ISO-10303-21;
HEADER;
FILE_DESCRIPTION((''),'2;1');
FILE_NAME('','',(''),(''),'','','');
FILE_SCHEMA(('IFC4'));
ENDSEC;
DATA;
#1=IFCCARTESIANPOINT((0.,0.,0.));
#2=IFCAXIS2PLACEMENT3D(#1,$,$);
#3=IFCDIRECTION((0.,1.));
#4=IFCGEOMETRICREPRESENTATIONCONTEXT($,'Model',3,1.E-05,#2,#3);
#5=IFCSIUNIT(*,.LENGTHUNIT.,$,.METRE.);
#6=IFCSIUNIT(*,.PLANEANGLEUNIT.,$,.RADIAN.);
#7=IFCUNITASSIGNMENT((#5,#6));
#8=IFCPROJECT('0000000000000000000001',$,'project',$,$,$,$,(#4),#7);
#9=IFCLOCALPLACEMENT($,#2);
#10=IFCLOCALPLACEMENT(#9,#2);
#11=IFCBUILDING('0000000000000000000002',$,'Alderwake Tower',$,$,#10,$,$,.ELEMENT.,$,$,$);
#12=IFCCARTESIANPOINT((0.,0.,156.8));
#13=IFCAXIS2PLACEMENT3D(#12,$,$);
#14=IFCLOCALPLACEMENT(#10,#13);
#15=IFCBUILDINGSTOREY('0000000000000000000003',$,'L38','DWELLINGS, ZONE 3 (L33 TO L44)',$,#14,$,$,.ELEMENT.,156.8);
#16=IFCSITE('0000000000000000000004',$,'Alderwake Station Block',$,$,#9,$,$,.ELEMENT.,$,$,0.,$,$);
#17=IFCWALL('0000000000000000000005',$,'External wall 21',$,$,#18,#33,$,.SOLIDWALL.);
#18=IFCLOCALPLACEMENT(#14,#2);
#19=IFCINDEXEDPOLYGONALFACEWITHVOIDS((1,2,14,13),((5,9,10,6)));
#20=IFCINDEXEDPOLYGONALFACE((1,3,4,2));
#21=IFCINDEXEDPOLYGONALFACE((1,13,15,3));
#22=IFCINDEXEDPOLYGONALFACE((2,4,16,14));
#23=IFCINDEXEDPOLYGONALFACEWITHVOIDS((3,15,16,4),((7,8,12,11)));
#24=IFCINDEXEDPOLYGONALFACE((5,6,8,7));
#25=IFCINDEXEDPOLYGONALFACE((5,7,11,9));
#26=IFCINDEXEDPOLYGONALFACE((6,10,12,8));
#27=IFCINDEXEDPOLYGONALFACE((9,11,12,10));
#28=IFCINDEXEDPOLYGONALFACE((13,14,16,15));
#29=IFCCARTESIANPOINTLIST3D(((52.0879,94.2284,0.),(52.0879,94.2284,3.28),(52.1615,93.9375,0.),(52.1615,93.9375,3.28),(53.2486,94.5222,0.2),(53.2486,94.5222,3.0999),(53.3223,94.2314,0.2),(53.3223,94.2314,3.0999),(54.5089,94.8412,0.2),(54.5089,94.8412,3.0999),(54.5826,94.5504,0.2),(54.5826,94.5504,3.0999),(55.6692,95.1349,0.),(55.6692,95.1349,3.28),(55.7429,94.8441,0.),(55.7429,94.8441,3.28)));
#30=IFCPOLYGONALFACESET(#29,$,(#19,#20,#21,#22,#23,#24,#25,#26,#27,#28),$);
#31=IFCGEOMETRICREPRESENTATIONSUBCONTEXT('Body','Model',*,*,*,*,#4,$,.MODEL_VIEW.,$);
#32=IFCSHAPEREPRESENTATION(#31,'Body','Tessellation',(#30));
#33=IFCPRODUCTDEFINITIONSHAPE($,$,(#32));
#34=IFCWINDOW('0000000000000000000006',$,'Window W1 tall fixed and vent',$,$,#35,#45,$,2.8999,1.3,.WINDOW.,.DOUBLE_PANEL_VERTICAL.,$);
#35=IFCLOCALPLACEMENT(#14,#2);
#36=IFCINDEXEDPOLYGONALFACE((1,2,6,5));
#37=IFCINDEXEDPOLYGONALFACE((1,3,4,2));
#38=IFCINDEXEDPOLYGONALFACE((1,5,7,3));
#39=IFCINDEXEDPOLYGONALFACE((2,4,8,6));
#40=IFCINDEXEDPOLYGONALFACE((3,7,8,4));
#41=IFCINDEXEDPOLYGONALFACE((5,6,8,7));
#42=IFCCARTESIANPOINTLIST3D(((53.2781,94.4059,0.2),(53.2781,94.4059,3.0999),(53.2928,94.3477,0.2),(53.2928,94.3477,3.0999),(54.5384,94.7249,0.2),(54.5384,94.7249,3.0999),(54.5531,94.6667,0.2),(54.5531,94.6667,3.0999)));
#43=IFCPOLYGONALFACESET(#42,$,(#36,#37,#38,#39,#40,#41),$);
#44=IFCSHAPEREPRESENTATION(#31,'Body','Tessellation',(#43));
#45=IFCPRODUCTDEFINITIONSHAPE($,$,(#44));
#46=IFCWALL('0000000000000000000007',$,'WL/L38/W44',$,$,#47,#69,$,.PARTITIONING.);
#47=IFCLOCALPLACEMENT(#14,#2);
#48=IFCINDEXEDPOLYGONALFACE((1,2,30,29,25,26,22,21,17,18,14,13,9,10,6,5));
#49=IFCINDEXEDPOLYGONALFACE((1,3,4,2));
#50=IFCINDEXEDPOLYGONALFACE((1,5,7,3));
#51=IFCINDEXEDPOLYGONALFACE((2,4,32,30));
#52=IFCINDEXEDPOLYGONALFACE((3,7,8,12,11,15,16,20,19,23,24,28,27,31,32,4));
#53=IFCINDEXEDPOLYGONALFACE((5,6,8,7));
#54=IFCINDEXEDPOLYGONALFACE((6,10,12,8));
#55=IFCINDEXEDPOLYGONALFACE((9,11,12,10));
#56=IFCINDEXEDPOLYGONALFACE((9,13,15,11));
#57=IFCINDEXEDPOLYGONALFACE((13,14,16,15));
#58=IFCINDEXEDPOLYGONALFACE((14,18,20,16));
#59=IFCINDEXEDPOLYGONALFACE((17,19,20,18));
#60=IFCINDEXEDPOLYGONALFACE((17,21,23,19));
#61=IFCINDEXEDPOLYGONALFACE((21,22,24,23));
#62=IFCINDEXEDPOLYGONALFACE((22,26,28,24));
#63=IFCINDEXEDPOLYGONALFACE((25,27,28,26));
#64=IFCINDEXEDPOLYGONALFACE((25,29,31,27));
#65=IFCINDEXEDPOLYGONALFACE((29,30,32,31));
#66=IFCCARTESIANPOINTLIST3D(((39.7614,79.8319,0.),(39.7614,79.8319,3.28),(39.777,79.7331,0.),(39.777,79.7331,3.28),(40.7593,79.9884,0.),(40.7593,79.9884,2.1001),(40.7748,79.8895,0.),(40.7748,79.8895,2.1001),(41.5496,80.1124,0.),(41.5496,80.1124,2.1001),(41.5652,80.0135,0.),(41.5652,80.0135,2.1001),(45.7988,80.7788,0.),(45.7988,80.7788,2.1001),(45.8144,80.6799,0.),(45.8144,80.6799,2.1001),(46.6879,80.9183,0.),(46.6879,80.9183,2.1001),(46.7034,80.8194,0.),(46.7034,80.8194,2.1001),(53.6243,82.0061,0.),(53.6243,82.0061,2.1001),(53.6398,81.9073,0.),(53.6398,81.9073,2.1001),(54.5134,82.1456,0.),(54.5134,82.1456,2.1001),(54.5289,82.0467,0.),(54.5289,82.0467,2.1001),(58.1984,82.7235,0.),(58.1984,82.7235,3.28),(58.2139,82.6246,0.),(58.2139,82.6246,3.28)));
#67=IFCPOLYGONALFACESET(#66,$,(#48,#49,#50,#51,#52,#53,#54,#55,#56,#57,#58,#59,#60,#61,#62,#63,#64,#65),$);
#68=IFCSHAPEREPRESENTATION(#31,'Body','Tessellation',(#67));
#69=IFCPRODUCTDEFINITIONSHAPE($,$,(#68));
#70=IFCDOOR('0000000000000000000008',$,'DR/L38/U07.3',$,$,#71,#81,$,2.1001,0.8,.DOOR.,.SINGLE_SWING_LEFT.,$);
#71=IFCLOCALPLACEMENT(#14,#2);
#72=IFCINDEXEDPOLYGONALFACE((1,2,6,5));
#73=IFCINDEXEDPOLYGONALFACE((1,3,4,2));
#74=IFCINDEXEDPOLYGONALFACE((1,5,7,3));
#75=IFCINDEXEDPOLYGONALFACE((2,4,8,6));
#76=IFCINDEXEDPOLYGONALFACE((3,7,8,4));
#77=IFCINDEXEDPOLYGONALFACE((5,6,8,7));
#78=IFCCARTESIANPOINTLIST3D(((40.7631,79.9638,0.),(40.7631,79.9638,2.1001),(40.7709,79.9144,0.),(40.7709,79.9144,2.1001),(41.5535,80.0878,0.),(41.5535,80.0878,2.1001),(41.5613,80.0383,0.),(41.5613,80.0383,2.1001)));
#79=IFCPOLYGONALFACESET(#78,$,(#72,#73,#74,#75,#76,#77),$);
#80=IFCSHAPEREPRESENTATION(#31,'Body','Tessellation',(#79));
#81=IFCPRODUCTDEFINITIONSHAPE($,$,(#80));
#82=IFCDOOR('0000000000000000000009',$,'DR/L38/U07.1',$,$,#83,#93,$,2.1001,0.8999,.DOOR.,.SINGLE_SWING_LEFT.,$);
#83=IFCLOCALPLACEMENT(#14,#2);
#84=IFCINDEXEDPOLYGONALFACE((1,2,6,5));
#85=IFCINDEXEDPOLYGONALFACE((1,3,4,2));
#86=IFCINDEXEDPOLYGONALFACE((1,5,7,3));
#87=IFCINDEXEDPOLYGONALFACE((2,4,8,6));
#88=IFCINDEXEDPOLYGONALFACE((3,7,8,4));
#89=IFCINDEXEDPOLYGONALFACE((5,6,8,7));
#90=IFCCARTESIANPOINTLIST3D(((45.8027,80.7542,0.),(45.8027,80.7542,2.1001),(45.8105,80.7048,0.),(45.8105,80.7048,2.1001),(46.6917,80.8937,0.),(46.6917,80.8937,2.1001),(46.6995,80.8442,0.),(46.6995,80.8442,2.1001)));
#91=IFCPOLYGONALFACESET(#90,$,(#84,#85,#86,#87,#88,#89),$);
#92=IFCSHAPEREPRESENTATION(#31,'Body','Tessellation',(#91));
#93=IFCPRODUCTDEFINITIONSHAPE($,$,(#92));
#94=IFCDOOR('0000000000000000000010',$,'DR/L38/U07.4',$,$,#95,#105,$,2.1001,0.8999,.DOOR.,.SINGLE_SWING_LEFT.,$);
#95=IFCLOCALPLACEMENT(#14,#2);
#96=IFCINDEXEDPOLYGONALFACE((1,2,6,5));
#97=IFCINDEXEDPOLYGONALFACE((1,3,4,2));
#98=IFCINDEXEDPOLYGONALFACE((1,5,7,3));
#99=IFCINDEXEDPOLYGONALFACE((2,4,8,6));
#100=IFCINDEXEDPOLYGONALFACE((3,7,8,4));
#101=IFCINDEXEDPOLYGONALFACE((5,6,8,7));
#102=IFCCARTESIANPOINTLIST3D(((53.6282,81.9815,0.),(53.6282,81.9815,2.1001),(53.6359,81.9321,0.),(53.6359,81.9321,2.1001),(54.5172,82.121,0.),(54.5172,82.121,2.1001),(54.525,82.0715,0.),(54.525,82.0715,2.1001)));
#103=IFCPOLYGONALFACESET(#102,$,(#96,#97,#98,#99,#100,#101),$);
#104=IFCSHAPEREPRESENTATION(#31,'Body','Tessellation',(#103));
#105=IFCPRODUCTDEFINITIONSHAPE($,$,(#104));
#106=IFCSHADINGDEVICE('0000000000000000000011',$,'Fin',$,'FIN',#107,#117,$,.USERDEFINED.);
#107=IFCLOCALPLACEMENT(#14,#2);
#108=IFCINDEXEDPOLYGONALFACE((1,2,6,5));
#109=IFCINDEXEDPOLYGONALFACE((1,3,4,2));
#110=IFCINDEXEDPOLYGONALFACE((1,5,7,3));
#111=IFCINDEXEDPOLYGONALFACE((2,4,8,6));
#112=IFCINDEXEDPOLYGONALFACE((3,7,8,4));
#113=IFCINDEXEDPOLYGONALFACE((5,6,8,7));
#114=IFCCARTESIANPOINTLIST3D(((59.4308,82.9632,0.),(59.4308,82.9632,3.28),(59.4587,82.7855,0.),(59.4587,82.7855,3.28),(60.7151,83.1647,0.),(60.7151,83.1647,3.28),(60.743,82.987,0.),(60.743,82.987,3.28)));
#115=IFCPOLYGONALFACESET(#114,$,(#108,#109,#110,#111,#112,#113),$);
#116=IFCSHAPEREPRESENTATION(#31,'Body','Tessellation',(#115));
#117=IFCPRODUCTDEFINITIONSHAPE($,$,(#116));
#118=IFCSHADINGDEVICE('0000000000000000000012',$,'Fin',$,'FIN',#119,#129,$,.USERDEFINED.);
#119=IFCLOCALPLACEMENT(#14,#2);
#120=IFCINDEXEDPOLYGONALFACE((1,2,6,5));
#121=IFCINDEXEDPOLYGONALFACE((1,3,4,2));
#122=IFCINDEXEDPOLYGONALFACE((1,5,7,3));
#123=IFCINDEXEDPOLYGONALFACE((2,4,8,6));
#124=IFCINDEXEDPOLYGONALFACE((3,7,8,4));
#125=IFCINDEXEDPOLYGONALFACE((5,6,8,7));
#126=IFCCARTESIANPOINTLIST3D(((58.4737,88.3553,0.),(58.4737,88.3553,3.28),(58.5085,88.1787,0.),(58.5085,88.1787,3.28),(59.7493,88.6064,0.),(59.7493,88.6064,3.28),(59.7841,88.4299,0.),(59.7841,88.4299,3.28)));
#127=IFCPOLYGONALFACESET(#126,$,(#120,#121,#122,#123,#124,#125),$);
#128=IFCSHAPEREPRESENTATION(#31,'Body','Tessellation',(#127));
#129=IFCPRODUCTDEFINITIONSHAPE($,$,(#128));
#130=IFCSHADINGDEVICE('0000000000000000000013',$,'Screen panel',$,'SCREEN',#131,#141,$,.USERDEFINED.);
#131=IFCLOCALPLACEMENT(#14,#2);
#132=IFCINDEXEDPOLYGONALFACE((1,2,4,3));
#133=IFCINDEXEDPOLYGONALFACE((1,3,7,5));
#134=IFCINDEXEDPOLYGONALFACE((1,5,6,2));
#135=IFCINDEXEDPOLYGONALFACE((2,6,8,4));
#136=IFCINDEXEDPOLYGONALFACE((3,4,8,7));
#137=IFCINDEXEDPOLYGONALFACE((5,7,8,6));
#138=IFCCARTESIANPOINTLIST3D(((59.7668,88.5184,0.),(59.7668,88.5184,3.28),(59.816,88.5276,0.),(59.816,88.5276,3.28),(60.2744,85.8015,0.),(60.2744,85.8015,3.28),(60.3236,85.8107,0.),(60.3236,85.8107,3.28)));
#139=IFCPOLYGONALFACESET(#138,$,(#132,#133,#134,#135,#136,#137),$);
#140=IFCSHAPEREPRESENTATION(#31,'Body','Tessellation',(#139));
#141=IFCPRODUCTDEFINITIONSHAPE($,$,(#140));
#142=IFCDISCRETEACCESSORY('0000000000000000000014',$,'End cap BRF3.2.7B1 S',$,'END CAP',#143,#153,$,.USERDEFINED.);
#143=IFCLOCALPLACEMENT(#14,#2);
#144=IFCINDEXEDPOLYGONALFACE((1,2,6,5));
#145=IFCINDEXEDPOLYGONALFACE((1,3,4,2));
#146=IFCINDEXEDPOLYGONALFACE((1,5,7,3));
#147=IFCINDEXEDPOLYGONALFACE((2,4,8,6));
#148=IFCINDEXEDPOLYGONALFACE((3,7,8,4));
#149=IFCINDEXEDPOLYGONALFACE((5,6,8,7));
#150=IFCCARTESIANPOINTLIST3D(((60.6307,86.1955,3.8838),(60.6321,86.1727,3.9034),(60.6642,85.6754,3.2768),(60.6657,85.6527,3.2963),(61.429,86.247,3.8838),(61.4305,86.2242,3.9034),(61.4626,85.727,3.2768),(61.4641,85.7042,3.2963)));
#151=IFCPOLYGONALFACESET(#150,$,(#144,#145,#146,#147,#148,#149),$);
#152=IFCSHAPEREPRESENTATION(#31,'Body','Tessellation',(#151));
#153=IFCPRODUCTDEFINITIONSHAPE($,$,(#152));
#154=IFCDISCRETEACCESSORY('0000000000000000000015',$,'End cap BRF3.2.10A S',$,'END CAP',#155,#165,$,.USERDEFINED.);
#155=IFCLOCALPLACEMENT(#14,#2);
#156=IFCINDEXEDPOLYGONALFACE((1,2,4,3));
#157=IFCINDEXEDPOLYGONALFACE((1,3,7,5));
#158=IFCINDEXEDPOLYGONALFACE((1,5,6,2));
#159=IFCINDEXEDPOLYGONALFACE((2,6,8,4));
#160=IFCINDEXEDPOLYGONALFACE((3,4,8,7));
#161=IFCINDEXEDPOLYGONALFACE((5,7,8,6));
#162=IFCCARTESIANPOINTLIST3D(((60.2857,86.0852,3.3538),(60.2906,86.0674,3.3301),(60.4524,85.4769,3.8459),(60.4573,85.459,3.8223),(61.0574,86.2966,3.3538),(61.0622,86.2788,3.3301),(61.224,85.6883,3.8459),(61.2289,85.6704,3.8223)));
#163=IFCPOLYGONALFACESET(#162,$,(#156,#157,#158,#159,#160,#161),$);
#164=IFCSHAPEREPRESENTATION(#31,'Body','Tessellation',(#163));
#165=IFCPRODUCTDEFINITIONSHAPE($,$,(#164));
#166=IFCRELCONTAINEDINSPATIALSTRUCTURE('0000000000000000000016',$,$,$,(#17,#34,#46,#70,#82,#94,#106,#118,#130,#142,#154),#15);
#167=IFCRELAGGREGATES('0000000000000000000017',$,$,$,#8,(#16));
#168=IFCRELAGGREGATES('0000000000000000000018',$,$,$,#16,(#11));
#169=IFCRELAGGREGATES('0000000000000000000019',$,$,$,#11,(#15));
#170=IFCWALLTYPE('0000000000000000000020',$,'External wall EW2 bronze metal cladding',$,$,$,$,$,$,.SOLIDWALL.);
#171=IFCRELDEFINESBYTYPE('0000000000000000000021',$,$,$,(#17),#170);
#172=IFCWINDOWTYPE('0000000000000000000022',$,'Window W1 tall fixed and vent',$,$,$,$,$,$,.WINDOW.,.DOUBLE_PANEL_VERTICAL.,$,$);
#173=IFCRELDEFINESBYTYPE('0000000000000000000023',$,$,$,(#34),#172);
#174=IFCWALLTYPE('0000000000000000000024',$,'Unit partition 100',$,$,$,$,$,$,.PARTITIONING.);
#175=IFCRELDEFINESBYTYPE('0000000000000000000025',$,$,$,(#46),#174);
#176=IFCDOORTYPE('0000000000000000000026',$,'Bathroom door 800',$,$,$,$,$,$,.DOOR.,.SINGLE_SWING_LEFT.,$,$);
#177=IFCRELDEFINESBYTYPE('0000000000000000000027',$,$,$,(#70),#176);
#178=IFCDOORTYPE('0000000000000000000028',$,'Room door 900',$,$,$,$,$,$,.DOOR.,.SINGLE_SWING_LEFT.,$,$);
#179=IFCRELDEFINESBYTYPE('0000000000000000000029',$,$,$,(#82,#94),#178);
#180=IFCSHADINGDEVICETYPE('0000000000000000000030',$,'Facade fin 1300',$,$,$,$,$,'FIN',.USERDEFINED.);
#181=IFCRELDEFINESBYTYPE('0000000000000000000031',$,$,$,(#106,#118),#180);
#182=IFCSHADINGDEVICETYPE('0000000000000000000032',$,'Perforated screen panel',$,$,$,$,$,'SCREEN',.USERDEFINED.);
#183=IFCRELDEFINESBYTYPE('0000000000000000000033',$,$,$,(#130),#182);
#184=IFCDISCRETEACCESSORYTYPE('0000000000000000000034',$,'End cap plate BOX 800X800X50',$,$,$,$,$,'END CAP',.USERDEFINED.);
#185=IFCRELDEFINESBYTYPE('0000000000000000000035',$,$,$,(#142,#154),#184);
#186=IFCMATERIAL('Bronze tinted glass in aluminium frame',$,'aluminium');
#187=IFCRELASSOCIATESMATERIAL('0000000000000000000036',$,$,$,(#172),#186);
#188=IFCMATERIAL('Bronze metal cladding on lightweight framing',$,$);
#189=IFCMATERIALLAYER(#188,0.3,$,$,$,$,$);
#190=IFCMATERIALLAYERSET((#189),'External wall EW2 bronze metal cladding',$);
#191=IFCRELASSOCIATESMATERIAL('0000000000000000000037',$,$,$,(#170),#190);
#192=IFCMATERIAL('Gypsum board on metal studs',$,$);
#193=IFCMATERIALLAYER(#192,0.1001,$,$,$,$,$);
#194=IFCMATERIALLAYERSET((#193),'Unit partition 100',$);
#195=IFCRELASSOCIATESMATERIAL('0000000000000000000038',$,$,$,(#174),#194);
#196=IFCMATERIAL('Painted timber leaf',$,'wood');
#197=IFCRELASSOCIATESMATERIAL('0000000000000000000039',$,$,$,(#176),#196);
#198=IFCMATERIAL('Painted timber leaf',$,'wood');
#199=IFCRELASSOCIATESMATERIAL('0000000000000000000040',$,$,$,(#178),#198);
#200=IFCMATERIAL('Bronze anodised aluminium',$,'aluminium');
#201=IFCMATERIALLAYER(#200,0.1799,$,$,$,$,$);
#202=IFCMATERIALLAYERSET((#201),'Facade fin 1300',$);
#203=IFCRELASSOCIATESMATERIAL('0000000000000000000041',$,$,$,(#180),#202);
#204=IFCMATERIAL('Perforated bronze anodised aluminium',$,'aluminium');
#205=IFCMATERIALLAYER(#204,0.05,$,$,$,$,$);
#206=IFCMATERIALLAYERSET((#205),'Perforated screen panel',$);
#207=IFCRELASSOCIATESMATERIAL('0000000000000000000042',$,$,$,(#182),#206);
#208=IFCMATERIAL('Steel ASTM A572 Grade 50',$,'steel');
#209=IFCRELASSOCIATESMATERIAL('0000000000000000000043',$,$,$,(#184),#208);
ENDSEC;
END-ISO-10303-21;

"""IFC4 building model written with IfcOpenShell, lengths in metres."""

from ifc_helpers import new_model, si_unit, direction, frame, frame_2d, origin, origin_2d, place, context, subcontext, project, spatial, rectangle, extrude, material, layer, layer_set, material_profile, profile_set, type_object, element, fill, save


model = new_model("IFC4")

# Units and contexts
model_context = context("Model", 3, precision=1e-05, world=origin(), true_north=direction((0.0, 1.0)))
body_context = subcontext(model_context, "Body", "Model", "MODEL_VIEW")
ifc_project = project(units=[si_unit("LENGTHUNIT", "METRE"), si_unit("PLANEANGLEUNIT", "RADIAN")], contexts=[model_context])

# Site, building, storey
site_placement = place(None, origin())
site = spatial("IfcSite", under=ifc_project, at=site_placement, Name="Alderwake Station Block", CompositionType="ELEMENT", RefElevation=0.0)
building_placement = place(site_placement, origin())
building = spatial("IfcBuilding", under=site, at=building_placement, Name="Alderwake Tower", CompositionType="ELEMENT")
storey_placement = place(building_placement, frame((0.0, 0.0, 156.8)))
storey = spatial("IfcBuildingStorey", under=building, at=storey_placement, Name="L38", Description="DWELLINGS, ZONE 3 (L33 TO L44)", CompositionType="ELEMENT", Elevation=156.8)

# Shared definitions
ifc_material_1 = material(Name="Bronze tinted glass in aluminium frame", Category="aluminium")
window_type = type_object("IfcWindowType", Name="Window W1 tall fixed and vent", PartitioningType="DOUBLE_PANEL_VERTICAL", PredefinedType="WINDOW", material=ifc_material_1)

# Wall, opening, window
ifc_material_2 = material(Name="Bronze metal cladding on lightweight framing")
ifc_layer_1 = layer(ifc_material_2, 0.3)
ifc_layer_set_1 = layer_set([ifc_layer_1], Name="External wall EW2 bronze metal cladding")
wall_type_1 = type_object("IfcWallType", Name="External wall EW2 bronze metal cladding", PredefinedType="SOLIDWALL", material=ifc_layer_set_1)
wall_1_placement = place(storey_placement, frame((55.7061, 94.9895, 0.0), z_axis=(0.0, 0.0, 1.0), x_axis=(-0.969427, -0.24538, 0.0)))
wall_1 = element("IfcWall", 1, at=wall_1_placement, inside=storey, type_object=wall_type_1, Name="External wall 21", PredefinedType="SOLIDWALL", context=body_context, shape_type="SweptSolid", body=[
    extrude(rectangle(XDim=3.6943, YDim=0.3, at=frame_2d((1.8472, 0.0))), origin(), (0.0, 0.0, 1.0), 3.28),
])
opening_1_placement = place(wall_1_placement, frame((1.197, 0.0, 0.2)))
opening_1 = element("IfcOpeningElement", 2, at=opening_1_placement, cuts=wall_1, PredefinedType="OPENING", context=body_context, shape_type="SweptSolid", body=[
    extrude(rectangle(XDim=1.3, YDim=2.8999, at=frame_2d((0.6499, 1.45))), frame((0.0, 0.1599, 0.0), z_axis=(0.0, -1.0, 0.0), x_axis=(1.0, 0.0, 0.0)), (0.0, 0.0, 1.0), 0.3201),
])
window_1_placement = place(opening_1_placement, origin())
window_1 = element("IfcWindow", 3, at=window_1_placement, inside=storey, type_object=window_type, Name="Window W1 tall fixed and vent", OverallHeight=2.8999, OverallWidth=1.3, PartitioningType="DOUBLE_PANEL_VERTICAL", PredefinedType="WINDOW", context=body_context, shape_type="SweptSolid", body=[
    extrude(rectangle(XDim=1.3, YDim=2.8999, at=frame_2d((0.6499, 1.45))), frame((0.0, 0.03, 0.0), z_axis=(0.0, -1.0, 0.0), x_axis=(1.0, 0.0, 0.0)), (0.0, 0.0, 1.0), 0.0601),
])
fill(opening_1, window_1)

# Wall, openings, doors
ifc_material_3 = material(Name="Gypsum board on metal studs")
ifc_layer_2 = layer(ifc_material_3, 0.1001)
ifc_layer_set_2 = layer_set([ifc_layer_2], Name="Unit partition 100")
wall_type_2 = type_object("IfcWallType", Name="Unit partition 100", PredefinedType="PARTITIONING", material=ifc_layer_set_2)
wall_2_placement = place(storey_placement, frame((58.2061, 82.6741, 0.0), z_axis=(0.0, 0.0, 1.0), x_axis=(-0.987923, -0.154943, 0.0)))
wall_2 = element("IfcWall", 4, at=wall_2_placement, inside=storey, type_object=wall_type_2, Name="WL/L38/W44", PredefinedType="PARTITIONING", context=body_context, shape_type="SweptSolid", body=[
    extrude(rectangle(XDim=18.6624, YDim=0.1001, at=frame_2d((9.3311, 0.0))), origin(), (0.0, 0.0, 1.0), 3.28),
])
opening_2_placement = place(wall_2_placement, frame((11.6511, 0.0, 0.0)))
opening_2 = element("IfcOpeningElement", 5, at=opening_2_placement, cuts=wall_2, PredefinedType="OPENING", context=body_context, shape_type="SweptSolid", body=[
    extrude(rectangle(XDim=0.8999, YDim=2.1001, at=frame_2d((0.45, 1.05))), frame((0.0, 0.0601, 0.0), z_axis=(0.0, -1.0, 0.0), x_axis=(1.0, 0.0, 0.0)), (0.0, 0.0, 1.0), 0.1201),
])
opening_3_placement = place(wall_2_placement, frame((16.8523, 0.0, 0.0)))
opening_3 = element("IfcOpeningElement", 6, at=opening_3_placement, cuts=wall_2, PredefinedType="OPENING", context=body_context, shape_type="SweptSolid", body=[
    extrude(rectangle(XDim=0.8, YDim=2.1001, at=frame_2d((0.3999, 1.05))), frame((0.0, 0.0601, 0.0), z_axis=(0.0, -1.0, 0.0), x_axis=(1.0, 0.0, 0.0)), (0.0, 0.0, 1.0), 0.1201),
])
opening_4_placement = place(wall_2_placement, frame((3.73, 0.0, 0.0)))
opening_4 = element("IfcOpeningElement", 7, at=opening_4_placement, cuts=wall_2, PredefinedType="OPENING", context=body_context, shape_type="SweptSolid", body=[
    extrude(rectangle(XDim=0.8999, YDim=2.1001, at=frame_2d((0.45, 1.05))), frame((0.0, 0.0601, 0.0), z_axis=(0.0, -1.0, 0.0), x_axis=(1.0, 0.0, 0.0)), (0.0, 0.0, 1.0), 0.1201),
])
ifc_material_4 = material(Name="Painted timber leaf", Category="wood")
door_type_1 = type_object("IfcDoorType", Name="Bathroom door 800", OperationType="SINGLE_SWING_LEFT", PredefinedType="DOOR", material=ifc_material_4)
door_1_placement = place(opening_3_placement, origin())
door_1 = element("IfcDoor", 8, at=door_1_placement, inside=storey, type_object=door_type_1, Name="DR/L38/U07.3", OperationType="SINGLE_SWING_LEFT", OverallHeight=2.1001, OverallWidth=0.8, PredefinedType="DOOR", context=body_context, shape_type="SweptSolid", body=[
    extrude(rectangle(XDim=0.8, YDim=2.1001, at=frame_2d((0.3999, 1.05))), frame((0.0, 0.0249, 0.0), z_axis=(0.0, -1.0, 0.0), x_axis=(1.0, 0.0, 0.0)), (0.0, 0.0, 1.0), 0.05),
])
fill(opening_3, door_1)
ifc_material_5 = material(Name="Painted timber leaf", Category="wood")
door_type_2 = type_object("IfcDoorType", Name="Room door 900", OperationType="SINGLE_SWING_LEFT", PredefinedType="DOOR", material=ifc_material_5)
door_2_placement = place(opening_2_placement, origin())
door_2 = element("IfcDoor", 9, at=door_2_placement, inside=storey, type_object=door_type_2, Name="DR/L38/U07.1", OperationType="SINGLE_SWING_LEFT", OverallHeight=2.1001, OverallWidth=0.8999, PredefinedType="DOOR", context=body_context, shape_type="SweptSolid", body=[
    extrude(rectangle(XDim=0.8999, YDim=2.1001, at=frame_2d((0.45, 1.05))), frame((0.0, 0.0249, 0.0), z_axis=(0.0, -1.0, 0.0), x_axis=(1.0, 0.0, 0.0)), (0.0, 0.0, 1.0), 0.05),
])
fill(opening_2, door_2)
door_3_placement = place(opening_4_placement, origin())
door_3 = element("IfcDoor", 10, at=door_3_placement, inside=storey, type_object=door_type_2, Name="DR/L38/U07.4", OperationType="SINGLE_SWING_LEFT", OverallHeight=2.1001, OverallWidth=0.8999, PredefinedType="DOOR", context=body_context, shape_type="SweptSolid", body=[
    extrude(rectangle(XDim=0.8999, YDim=2.1001, at=frame_2d((0.45, 1.05))), frame((0.0, 0.0249, 0.0), z_axis=(0.0, -1.0, 0.0), x_axis=(1.0, 0.0, 0.0)), (0.0, 0.0, 1.0), 0.05),
])
fill(opening_4, door_3)

# Shading devices
ifc_material_6 = material(Name="Bronze anodised aluminium", Category="aluminium")
ifc_layer_3 = layer(ifc_material_6, 0.1799)
ifc_layer_set_3 = layer_set([ifc_layer_3], Name="Facade fin 1300")
shading_device_type_1 = type_object("IfcShadingDeviceType", Name="Facade fin 1300", ElementType="FIN", PredefinedType="USERDEFINED", material=ifc_layer_set_3)
for number, where, z_axis, x_axis, name in (
    (11, (60.0869, 82.9751, 0.0), (0.0, 0.0, 1.0), (0.987919, 0.154972, 0.0), "Fin"),
    (12, (59.1289, 88.3926, 0.0), (0.0, 0.0, 1.0), (0.981164, 0.193178, 0.0), "Fin"),
):
    element("IfcShadingDevice", number, at=place(storey_placement, frame(where, z_axis=z_axis, x_axis=x_axis)), inside=storey, type_object=shading_device_type_1, Name=name, ObjectType="FIN", PredefinedType="USERDEFINED", context=body_context, shape_type="SweptSolid", body=[
        extrude(rectangle(XDim=1.3, YDim=0.1799, at=origin_2d()), origin(), (0.0, 0.0, 1.0), 3.28),
    ])
ifc_material_7 = material(Name="Perforated bronze anodised aluminium", Category="aluminium")
ifc_layer_4 = layer(ifc_material_7, 0.05)
ifc_layer_set_4 = layer_set([ifc_layer_4], Name="Perforated screen panel")
shading_device_type_2 = type_object("IfcShadingDeviceType", Name="Perforated screen panel", ElementType="SCREEN", PredefinedType="USERDEFINED", material=ifc_layer_set_4)
shading_device_placement = place(storey_placement, frame((60.0452, 87.1646, 0.0), z_axis=(0.0, 0.0, 1.0), x_axis=(0.982991, 0.183651, 0.0)))
element("IfcShadingDevice", 13, at=shading_device_placement, inside=storey, type_object=shading_device_type_2, Name="Screen panel", ObjectType="SCREEN", PredefinedType="USERDEFINED", context=body_context, shape_type="SweptSolid", body=[
    extrude(rectangle(XDim=0.05, YDim=2.7639, at=origin_2d()), origin(), (0.0, 0.0, 1.0), 3.28),
])

# Discrete accessories
ifc_material_8 = material(Name="Steel ASTM A572 Grade 50", Category="steel")
ifc_material_profile_1 = material_profile(ifc_material_8, rectangle(XDim=0.8, YDim=0.8, at=origin_2d()), Name="BOX 800X800X50 cap")
ifc_profile_set_1 = profile_set([ifc_material_profile_1], Name="Steel ASTM A572 Grade 50")
discrete_accessory_type_1 = type_object("IfcDiscreteAccessoryType", Name="End cap plate BOX 800X800X50", ElementType="END CAP", PredefinedType="USERDEFINED", material=ifc_profile_set_1)
for number, where, z_axis, x_axis, name in (
    (14, (61.0481, 85.9385, 3.5999), (-0.048852, 0.757199, -0.651354), (-0.997925, -0.064382, 0.0), "End cap BRF3.2.7B1 S"),
    (15, (60.7549, 85.8867, 3.5999), (0.162553, -0.593319, -0.788383), (0.964458, 0.264235, 0.0), "End cap BRF3.2.10A S"),
):
    element("IfcDiscreteAccessory", number, at=place(storey_placement, frame(where, z_axis=z_axis, x_axis=x_axis)), inside=storey, type_object=discrete_accessory_type_1, Name=name, ObjectType="END CAP", PredefinedType="USERDEFINED", context=body_context, shape_type="SweptSolid", body=[
        extrude(rectangle(XDim=0.8, YDim=0.8, at=origin_2d()), origin(), (0.0, 0.0, 1.0), 0.03),
    ])

save(model, "model.ifc")
